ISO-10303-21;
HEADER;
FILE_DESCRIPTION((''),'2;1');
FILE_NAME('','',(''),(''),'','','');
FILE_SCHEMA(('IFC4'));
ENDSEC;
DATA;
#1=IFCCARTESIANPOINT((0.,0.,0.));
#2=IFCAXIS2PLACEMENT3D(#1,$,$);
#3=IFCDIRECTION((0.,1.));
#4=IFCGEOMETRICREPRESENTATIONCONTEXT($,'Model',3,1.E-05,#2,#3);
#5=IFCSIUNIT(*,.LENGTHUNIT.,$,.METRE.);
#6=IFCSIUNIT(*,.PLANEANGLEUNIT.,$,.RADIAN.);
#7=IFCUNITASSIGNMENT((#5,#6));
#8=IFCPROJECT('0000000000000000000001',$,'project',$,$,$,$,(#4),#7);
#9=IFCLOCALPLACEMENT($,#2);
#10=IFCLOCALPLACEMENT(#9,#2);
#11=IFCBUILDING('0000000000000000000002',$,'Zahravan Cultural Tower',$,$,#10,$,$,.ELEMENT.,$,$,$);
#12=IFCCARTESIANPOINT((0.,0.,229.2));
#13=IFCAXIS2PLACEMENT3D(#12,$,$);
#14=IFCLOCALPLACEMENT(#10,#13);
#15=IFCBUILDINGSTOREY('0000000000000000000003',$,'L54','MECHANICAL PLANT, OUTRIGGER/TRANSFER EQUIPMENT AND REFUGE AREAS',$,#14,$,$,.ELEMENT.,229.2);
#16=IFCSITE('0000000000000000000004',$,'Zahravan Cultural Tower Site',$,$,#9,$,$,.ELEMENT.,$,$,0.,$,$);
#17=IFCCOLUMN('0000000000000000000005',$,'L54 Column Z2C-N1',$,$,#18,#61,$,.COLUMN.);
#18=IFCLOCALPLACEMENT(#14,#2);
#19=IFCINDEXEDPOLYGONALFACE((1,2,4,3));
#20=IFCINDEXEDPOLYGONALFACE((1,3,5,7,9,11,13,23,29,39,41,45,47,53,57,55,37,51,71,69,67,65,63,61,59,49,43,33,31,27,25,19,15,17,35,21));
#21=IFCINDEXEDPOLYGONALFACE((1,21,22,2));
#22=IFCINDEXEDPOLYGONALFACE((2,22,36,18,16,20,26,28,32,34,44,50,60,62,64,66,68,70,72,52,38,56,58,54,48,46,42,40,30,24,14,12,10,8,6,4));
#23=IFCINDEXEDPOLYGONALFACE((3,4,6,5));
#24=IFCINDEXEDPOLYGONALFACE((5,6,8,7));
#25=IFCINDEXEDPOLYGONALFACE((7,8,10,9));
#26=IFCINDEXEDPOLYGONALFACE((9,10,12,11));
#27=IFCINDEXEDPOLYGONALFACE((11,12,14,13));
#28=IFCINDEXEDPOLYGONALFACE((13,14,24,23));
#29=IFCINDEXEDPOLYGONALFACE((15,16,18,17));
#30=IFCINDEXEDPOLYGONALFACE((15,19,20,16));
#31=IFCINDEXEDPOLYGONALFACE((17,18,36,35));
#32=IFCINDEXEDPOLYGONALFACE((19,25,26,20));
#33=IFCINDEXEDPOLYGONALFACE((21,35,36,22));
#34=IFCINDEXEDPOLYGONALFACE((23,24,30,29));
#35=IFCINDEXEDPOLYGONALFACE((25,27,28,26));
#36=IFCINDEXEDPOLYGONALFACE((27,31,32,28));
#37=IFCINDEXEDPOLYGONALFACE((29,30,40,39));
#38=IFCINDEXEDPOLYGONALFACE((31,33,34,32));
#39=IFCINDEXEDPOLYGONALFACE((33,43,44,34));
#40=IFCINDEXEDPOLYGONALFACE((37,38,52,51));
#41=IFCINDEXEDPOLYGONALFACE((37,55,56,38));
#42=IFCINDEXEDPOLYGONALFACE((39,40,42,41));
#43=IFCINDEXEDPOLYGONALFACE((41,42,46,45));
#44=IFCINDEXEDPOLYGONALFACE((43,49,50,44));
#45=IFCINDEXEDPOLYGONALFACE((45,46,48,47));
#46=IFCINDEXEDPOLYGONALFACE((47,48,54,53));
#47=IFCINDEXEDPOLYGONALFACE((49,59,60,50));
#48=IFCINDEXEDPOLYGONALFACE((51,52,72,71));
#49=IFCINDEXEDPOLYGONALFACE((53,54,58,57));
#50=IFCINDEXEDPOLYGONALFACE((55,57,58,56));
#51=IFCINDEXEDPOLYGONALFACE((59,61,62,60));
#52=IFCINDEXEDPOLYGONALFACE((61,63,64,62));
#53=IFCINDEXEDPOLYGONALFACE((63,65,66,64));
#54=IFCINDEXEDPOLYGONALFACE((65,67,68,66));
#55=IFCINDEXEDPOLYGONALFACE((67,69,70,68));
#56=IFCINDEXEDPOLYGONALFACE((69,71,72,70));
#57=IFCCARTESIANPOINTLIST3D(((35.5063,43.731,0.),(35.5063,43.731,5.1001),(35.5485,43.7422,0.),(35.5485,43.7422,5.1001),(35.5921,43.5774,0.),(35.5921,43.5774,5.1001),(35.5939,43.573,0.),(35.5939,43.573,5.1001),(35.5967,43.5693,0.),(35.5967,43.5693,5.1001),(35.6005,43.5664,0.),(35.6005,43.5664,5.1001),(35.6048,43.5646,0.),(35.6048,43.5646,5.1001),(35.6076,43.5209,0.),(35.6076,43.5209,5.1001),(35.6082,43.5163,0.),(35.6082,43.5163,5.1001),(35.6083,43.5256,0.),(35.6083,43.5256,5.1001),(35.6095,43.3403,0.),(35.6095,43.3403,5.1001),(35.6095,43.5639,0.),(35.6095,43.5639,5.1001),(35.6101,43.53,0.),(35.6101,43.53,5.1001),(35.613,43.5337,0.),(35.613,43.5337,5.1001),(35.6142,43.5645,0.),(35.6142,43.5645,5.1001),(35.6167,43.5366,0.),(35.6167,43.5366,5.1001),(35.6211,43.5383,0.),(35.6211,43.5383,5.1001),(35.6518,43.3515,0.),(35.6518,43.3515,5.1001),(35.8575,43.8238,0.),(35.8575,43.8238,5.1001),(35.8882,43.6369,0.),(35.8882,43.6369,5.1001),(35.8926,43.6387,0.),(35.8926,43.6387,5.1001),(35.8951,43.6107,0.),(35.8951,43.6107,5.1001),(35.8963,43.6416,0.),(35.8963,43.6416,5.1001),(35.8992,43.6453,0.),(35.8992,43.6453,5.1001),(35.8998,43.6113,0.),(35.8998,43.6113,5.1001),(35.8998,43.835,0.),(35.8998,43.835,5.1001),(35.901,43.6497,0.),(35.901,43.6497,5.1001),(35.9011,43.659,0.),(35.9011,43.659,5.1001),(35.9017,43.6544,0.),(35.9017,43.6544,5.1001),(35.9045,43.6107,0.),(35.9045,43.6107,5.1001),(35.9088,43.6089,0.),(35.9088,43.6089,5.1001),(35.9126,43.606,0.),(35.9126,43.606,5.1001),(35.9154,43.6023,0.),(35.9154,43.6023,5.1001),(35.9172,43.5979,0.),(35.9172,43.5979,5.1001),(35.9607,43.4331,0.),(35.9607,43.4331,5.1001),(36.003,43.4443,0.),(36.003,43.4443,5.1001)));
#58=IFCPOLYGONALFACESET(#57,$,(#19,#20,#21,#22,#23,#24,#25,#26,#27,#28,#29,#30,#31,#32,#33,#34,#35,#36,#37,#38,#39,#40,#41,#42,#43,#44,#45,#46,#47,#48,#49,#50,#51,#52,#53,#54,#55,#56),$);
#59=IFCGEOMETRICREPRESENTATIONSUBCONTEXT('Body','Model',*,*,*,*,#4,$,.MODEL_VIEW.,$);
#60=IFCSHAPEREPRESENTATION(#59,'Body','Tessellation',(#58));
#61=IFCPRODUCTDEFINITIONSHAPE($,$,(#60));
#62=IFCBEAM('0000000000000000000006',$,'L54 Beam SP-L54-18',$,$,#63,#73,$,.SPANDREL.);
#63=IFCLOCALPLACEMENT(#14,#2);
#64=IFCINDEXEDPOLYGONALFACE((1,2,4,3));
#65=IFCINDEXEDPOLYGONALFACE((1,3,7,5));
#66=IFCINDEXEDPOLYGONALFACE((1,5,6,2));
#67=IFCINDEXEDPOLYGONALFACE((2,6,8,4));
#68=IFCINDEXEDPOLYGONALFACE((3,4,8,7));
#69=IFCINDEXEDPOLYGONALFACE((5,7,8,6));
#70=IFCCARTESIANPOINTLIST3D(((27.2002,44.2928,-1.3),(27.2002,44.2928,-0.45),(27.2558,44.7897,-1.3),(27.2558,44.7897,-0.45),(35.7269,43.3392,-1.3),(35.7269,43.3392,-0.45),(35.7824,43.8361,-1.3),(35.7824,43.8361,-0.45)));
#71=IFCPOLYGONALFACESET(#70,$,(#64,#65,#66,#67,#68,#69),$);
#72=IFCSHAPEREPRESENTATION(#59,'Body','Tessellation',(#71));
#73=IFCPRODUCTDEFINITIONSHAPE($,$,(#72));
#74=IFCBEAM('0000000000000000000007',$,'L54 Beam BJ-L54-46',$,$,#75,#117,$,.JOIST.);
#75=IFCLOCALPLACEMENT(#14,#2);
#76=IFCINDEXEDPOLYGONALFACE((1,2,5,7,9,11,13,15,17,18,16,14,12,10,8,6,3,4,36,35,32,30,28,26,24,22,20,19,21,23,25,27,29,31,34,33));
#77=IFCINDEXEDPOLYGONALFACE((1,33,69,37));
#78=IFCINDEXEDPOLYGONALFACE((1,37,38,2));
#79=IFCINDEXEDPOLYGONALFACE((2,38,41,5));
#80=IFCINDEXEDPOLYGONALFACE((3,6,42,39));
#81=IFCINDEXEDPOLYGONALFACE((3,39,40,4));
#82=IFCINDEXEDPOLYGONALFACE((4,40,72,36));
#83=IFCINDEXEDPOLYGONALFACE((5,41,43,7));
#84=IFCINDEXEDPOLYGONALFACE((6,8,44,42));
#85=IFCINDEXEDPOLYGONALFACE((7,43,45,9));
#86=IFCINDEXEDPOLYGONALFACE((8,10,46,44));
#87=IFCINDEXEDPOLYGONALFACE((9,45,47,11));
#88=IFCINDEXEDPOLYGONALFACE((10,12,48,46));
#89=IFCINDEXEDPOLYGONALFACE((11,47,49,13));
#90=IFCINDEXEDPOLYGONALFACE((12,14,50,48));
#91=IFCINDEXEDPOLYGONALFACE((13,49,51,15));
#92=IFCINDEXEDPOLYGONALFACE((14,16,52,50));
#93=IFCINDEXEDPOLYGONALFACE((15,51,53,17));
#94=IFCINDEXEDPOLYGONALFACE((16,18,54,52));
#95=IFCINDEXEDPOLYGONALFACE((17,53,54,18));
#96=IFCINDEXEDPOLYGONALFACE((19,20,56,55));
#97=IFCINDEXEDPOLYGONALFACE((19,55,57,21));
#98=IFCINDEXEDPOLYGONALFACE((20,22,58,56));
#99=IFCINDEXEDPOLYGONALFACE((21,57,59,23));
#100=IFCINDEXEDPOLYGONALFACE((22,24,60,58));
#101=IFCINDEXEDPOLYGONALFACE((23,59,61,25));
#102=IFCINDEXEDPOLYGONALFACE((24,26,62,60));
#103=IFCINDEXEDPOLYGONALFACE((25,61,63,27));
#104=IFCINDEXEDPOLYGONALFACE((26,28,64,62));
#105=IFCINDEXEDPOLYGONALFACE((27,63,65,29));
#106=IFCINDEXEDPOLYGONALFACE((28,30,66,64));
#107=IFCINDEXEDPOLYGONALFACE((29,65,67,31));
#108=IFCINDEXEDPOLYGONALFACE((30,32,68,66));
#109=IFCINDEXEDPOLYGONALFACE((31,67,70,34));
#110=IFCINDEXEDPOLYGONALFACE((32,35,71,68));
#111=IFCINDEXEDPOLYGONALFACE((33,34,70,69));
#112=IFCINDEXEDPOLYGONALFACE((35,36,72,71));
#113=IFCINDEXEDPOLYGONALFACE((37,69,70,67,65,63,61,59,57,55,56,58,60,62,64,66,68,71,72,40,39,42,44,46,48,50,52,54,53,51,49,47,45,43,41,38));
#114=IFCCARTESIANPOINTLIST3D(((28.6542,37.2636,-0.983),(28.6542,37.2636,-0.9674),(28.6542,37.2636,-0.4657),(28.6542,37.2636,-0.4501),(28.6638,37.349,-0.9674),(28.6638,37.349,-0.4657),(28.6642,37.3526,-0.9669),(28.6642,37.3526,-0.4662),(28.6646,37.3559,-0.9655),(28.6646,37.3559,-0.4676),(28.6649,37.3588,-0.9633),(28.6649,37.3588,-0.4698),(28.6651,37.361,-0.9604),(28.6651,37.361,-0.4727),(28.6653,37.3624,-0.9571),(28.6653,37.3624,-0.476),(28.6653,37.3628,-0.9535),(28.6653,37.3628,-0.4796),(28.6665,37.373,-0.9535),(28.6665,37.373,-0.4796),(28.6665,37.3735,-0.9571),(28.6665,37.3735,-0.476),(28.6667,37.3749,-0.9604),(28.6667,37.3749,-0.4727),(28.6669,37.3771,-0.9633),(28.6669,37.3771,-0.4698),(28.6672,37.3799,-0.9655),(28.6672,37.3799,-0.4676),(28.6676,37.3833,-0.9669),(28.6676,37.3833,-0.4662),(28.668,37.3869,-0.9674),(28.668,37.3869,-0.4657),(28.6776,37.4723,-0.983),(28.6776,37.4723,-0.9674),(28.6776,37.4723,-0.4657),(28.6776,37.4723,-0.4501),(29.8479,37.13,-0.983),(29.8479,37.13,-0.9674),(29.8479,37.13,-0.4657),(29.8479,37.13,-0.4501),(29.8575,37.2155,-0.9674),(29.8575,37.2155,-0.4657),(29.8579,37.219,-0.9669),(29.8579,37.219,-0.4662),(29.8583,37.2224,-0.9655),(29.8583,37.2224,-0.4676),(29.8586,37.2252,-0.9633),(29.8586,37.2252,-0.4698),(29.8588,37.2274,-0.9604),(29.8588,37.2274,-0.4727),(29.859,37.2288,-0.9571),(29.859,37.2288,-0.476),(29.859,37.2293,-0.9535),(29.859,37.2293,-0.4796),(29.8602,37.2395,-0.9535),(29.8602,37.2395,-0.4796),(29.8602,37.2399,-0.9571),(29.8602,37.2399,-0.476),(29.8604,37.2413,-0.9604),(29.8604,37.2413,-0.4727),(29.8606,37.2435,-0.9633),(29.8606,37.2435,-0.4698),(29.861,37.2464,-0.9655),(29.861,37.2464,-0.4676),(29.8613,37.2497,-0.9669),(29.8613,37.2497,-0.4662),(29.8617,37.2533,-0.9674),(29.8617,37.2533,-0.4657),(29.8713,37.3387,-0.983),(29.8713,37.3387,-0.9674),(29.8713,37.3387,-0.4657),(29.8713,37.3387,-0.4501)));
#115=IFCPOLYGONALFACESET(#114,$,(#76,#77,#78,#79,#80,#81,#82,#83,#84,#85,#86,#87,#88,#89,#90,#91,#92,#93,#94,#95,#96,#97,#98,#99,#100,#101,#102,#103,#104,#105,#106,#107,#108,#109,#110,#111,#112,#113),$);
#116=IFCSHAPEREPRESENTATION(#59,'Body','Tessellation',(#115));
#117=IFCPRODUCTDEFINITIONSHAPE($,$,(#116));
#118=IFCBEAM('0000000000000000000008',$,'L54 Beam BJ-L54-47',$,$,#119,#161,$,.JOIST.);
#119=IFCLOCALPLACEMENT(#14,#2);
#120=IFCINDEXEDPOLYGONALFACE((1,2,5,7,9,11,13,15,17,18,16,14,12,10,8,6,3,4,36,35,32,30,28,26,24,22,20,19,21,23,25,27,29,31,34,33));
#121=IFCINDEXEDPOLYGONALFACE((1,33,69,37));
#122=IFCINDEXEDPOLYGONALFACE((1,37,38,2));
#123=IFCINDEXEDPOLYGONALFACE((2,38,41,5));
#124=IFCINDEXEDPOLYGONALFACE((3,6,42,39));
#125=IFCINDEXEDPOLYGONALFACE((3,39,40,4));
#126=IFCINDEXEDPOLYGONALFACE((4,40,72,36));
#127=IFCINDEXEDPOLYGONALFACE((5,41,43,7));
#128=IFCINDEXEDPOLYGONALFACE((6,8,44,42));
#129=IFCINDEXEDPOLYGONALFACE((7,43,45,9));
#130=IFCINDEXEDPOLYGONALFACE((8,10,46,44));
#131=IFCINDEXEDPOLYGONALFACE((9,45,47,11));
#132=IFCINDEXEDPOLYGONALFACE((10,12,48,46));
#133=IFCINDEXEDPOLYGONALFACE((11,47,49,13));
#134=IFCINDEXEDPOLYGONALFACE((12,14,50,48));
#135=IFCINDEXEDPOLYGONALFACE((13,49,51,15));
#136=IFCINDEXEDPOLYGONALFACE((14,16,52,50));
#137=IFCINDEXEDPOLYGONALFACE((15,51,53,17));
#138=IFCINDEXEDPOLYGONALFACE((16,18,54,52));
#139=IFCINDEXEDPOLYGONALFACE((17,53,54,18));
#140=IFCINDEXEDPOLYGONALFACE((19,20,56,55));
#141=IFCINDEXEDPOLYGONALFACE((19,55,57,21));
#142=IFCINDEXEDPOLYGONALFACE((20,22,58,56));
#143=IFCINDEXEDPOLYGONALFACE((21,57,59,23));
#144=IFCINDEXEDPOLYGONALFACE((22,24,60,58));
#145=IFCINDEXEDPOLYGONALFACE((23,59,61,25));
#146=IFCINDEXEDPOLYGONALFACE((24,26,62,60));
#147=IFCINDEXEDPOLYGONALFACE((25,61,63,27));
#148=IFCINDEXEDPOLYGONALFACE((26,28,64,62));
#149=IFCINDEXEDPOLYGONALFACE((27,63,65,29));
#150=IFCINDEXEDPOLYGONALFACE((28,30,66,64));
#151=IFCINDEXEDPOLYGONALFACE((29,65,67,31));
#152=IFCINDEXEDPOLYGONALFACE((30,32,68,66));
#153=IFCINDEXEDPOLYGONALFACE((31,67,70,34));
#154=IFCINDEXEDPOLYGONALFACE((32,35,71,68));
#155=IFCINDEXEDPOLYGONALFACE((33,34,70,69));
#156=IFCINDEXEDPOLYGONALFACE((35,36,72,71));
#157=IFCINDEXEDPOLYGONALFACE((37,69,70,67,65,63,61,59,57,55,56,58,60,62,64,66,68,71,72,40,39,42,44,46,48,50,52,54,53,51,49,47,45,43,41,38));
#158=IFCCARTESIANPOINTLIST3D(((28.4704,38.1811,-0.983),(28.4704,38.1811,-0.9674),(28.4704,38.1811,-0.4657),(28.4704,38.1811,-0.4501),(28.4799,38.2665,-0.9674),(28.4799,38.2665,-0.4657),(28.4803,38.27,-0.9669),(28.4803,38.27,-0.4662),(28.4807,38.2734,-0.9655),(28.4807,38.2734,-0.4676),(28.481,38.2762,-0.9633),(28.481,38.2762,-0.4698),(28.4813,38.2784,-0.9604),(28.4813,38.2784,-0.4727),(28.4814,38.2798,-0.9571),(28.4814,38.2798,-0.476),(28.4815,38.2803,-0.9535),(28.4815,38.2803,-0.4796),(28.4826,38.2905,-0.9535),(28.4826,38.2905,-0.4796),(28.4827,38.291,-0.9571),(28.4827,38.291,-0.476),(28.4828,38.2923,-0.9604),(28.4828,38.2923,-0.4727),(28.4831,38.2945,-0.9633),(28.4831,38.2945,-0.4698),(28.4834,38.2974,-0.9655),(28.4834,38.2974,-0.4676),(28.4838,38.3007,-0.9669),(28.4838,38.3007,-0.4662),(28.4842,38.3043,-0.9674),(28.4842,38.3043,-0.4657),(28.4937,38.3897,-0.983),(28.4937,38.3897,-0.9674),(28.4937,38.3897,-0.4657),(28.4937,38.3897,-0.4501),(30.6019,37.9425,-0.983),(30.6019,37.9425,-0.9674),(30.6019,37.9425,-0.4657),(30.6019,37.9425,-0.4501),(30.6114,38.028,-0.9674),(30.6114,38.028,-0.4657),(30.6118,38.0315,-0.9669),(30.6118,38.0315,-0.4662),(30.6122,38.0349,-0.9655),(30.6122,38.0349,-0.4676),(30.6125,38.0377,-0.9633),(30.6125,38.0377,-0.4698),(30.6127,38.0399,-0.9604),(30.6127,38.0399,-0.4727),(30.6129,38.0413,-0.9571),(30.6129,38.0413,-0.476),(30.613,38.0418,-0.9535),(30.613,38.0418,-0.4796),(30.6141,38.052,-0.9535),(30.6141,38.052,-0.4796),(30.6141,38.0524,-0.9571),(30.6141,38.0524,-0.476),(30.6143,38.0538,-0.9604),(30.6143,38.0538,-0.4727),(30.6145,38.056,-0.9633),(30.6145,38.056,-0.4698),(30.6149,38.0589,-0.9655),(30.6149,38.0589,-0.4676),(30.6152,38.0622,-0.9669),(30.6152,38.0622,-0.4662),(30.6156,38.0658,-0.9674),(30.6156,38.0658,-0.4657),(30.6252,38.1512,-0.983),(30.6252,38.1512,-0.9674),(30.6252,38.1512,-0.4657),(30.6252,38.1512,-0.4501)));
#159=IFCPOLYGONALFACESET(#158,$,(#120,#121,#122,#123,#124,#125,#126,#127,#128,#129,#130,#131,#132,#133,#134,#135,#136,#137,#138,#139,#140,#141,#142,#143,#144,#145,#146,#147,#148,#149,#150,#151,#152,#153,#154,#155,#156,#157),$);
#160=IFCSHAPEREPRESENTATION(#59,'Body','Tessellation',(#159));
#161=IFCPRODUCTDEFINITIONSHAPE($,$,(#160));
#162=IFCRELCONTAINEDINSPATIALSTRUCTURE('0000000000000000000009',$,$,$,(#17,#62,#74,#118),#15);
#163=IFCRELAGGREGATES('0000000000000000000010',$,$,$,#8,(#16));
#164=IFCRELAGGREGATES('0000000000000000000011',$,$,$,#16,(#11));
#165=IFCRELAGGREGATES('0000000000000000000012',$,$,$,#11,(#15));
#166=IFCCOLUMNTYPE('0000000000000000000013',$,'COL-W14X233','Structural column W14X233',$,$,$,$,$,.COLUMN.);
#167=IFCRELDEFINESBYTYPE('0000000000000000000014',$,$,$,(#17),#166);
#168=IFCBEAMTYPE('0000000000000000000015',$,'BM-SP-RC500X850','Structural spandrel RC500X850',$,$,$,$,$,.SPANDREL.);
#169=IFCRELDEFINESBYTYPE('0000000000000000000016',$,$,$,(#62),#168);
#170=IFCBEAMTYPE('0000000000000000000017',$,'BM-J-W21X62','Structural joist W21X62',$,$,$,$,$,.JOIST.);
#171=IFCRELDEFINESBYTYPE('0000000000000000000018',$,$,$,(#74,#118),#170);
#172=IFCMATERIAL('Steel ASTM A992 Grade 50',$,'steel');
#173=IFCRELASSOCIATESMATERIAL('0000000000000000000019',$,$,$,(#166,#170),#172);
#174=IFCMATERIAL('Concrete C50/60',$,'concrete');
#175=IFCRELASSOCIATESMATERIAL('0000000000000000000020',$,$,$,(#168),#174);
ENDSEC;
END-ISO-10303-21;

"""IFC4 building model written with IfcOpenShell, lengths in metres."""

from ifc_helpers import new_model, si_unit, direction, frame, origin, origin_2d, place, context, subcontext, project, spatial, rectangle, i_section, extrude, source, transform, mapped, material, material_profile, profile_set, type_object, element, save


model = new_model("IFC4")

# Units and contexts
model_context = context("Model", 3, precision=1e-05, world=origin(), true_north=direction((0.0, 1.0)))
body_context = subcontext(model_context, "Body", "Model", "MODEL_VIEW")
ifc_project = project(units=[si_unit("LENGTHUNIT", "METRE"), si_unit("PLANEANGLEUNIT", "RADIAN")], contexts=[model_context])

# Site, building, storey
site_placement = place(None, origin())
site = spatial("IfcSite", under=ifc_project, at=site_placement, Name="Zahravan Cultural Tower Site", CompositionType="ELEMENT", RefElevation=0.0)
building_placement = place(site_placement, origin())
building = spatial("IfcBuilding", under=site, at=building_placement, Name="Zahravan Cultural Tower", CompositionType="ELEMENT")
storey_placement = place(building_placement, frame((0.0, 0.0, 229.2)))
storey = spatial("IfcBuildingStorey", under=building, at=storey_placement, Name="L54", Description="MECHANICAL PLANT, OUTRIGGER/TRANSFER EQUIPMENT AND REFUGE AREAS", CompositionType="ELEMENT", Elevation=229.2)

# Column
ifc_material_1 = material(Name="Steel ASTM A992 Grade 50", Category="steel")
ifc_material_profile_1 = material_profile(ifc_material_1, i_section(OverallWidth=0.4041, OverallDepth=0.407, WebThickness=0.0271, FlangeThickness=0.0437, FilletRadius=0.0181, at=origin_2d()), Name="W14X233")
ifc_profile_set_1 = profile_set([ifc_material_profile_1], Name="Steel ASTM A992 Grade 50")
column_type = type_object("IfcColumnType", Name="COL-W14X233", Description="Structural column W14X233", PredefinedType="COLUMN", material=ifc_profile_set_1)
shared_shape_1 = source(origin(), body_context, "Body", "SweptSolid", [
    extrude(i_section(OverallWidth=0.4041, OverallDepth=0.407, WebThickness=0.0271, FlangeThickness=0.0437, FilletRadius=0.0181, at=origin_2d()), origin(), (0.0, 0.0, 1.0), 5.1001),
])
column_placement = place(storey_placement, frame((35.7546, 43.5876, 0.0), z_axis=(0.0, 0.0, 1.0), x_axis=(-0.255446, 0.966823, 0.0)))
element("IfcColumn", 1, at=column_placement, inside=storey, type_object=column_type, Name="L54 Column Z2C-N1", PredefinedType="COLUMN", context=body_context, shape_type="MappedRepresentation", body=[
    mapped(shared_shape_1, transform((0.0, 0.0, 0.0), x_axis=(1.0, 0.0, 0.0), y_axis=(0.0, 1.0, 0.0), z_axis=(0.0, 0.0, 1.0), scale=1.0)),
])

# Beams
ifc_material_2 = material(Name="Concrete C50/60", Category="concrete")
ifc_material_profile_2 = material_profile(ifc_material_2, rectangle(XDim=0.5, YDim=0.8501, at=origin_2d()), Name="RC500X850")
ifc_profile_set_2 = profile_set([ifc_material_profile_2], Name="Concrete C50/60")
beam_type_1 = type_object("IfcBeamType", Name="BM-SP-RC500X850", Description="Structural spandrel RC500X850", PredefinedType="SPANDREL", material=ifc_profile_set_2)
shared_shape_2 = source(origin(), body_context, "Body", "SweptSolid", [
    extrude(rectangle(XDim=0.5, YDim=0.8501, at=origin_2d()), origin(), (0.0, 0.0, 1.0), 8.5798),
])
beam_1_placement = place(storey_placement, frame((35.7546, 43.5876, -0.875), z_axis=(-0.993804, 0.111147, 0.0), x_axis=(-0.111147, -0.993804, 0.0)))
element("IfcBeam", 2, at=beam_1_placement, inside=storey, type_object=beam_type_1, Name="L54 Beam SP-L54-18", PredefinedType="SPANDREL", context=body_context, shape_type="MappedRepresentation", body=[
    mapped(shared_shape_2, transform((0.0, 0.0, 0.0), x_axis=(1.0, 0.0, 0.0), y_axis=(0.0, 1.0, 0.0), z_axis=(0.0, 0.0, 1.0), scale=1.0)),
])
ifc_material_profile_3 = material_profile(ifc_material_1, i_section(OverallWidth=0.21, OverallDepth=0.533, WebThickness=0.0103, FlangeThickness=0.0156, FilletRadius=0.0139, at=origin_2d()), Name="W21X62")
ifc_profile_set_3 = profile_set([ifc_material_profile_3], Name="Steel ASTM A992 Grade 50")
beam_type_2 = type_object("IfcBeamType", Name="BM-J-W21X62", Description="Structural joist W21X62", PredefinedType="JOIST", material=ifc_profile_set_3)
shared_shape_3 = source(origin(), body_context, "Body", "SweptSolid", [
    extrude(i_section(OverallWidth=0.21, OverallDepth=0.533, WebThickness=0.0103, FlangeThickness=0.0156, FilletRadius=0.0139, at=origin_2d()), origin(), (0.0, 0.0, 1.0), 1.2012),
])
beam_2_placement = place(storey_placement, frame((29.8596, 37.2344, -0.7166), z_axis=(-0.993799, 0.11119, 0.0), x_axis=(-0.11119, -0.993799, 0.0)))
element("IfcBeam", 3, at=beam_2_placement, inside=storey, type_object=beam_type_2, Name="L54 Beam BJ-L54-46", PredefinedType="JOIST", context=body_context, shape_type="MappedRepresentation", body=[
    mapped(shared_shape_3, transform((0.0, 0.0, 0.0), x_axis=(1.0, 0.0, 0.0), y_axis=(0.0, 1.0, 0.0), z_axis=(0.0, 0.0, 1.0), scale=1.0)),
])
shared_shape_4 = source(origin(), body_context, "Body", "SweptSolid", [
    extrude(i_section(OverallWidth=0.21, OverallDepth=0.533, WebThickness=0.0103, FlangeThickness=0.0156, FilletRadius=0.0139, at=origin_2d()), origin(), (0.0, 0.0, 1.0), 2.1448),
])
beam_3_placement = place(storey_placement, frame((30.6135, 38.0469, -0.7166), z_axis=(-0.993797, 0.111206, 0.0), x_axis=(-0.111206, -0.993797, 0.0)))
element("IfcBeam", 4, at=beam_3_placement, inside=storey, type_object=beam_type_2, Name="L54 Beam BJ-L54-47", PredefinedType="JOIST", context=body_context, shape_type="MappedRepresentation", body=[
    mapped(shared_shape_4, transform((0.0, 0.0, 0.0), x_axis=(1.0, 0.0, 0.0), y_axis=(0.0, 1.0, 0.0), z_axis=(0.0, 0.0, 1.0), scale=1.0)),
])

save(model, "model.ifc")
